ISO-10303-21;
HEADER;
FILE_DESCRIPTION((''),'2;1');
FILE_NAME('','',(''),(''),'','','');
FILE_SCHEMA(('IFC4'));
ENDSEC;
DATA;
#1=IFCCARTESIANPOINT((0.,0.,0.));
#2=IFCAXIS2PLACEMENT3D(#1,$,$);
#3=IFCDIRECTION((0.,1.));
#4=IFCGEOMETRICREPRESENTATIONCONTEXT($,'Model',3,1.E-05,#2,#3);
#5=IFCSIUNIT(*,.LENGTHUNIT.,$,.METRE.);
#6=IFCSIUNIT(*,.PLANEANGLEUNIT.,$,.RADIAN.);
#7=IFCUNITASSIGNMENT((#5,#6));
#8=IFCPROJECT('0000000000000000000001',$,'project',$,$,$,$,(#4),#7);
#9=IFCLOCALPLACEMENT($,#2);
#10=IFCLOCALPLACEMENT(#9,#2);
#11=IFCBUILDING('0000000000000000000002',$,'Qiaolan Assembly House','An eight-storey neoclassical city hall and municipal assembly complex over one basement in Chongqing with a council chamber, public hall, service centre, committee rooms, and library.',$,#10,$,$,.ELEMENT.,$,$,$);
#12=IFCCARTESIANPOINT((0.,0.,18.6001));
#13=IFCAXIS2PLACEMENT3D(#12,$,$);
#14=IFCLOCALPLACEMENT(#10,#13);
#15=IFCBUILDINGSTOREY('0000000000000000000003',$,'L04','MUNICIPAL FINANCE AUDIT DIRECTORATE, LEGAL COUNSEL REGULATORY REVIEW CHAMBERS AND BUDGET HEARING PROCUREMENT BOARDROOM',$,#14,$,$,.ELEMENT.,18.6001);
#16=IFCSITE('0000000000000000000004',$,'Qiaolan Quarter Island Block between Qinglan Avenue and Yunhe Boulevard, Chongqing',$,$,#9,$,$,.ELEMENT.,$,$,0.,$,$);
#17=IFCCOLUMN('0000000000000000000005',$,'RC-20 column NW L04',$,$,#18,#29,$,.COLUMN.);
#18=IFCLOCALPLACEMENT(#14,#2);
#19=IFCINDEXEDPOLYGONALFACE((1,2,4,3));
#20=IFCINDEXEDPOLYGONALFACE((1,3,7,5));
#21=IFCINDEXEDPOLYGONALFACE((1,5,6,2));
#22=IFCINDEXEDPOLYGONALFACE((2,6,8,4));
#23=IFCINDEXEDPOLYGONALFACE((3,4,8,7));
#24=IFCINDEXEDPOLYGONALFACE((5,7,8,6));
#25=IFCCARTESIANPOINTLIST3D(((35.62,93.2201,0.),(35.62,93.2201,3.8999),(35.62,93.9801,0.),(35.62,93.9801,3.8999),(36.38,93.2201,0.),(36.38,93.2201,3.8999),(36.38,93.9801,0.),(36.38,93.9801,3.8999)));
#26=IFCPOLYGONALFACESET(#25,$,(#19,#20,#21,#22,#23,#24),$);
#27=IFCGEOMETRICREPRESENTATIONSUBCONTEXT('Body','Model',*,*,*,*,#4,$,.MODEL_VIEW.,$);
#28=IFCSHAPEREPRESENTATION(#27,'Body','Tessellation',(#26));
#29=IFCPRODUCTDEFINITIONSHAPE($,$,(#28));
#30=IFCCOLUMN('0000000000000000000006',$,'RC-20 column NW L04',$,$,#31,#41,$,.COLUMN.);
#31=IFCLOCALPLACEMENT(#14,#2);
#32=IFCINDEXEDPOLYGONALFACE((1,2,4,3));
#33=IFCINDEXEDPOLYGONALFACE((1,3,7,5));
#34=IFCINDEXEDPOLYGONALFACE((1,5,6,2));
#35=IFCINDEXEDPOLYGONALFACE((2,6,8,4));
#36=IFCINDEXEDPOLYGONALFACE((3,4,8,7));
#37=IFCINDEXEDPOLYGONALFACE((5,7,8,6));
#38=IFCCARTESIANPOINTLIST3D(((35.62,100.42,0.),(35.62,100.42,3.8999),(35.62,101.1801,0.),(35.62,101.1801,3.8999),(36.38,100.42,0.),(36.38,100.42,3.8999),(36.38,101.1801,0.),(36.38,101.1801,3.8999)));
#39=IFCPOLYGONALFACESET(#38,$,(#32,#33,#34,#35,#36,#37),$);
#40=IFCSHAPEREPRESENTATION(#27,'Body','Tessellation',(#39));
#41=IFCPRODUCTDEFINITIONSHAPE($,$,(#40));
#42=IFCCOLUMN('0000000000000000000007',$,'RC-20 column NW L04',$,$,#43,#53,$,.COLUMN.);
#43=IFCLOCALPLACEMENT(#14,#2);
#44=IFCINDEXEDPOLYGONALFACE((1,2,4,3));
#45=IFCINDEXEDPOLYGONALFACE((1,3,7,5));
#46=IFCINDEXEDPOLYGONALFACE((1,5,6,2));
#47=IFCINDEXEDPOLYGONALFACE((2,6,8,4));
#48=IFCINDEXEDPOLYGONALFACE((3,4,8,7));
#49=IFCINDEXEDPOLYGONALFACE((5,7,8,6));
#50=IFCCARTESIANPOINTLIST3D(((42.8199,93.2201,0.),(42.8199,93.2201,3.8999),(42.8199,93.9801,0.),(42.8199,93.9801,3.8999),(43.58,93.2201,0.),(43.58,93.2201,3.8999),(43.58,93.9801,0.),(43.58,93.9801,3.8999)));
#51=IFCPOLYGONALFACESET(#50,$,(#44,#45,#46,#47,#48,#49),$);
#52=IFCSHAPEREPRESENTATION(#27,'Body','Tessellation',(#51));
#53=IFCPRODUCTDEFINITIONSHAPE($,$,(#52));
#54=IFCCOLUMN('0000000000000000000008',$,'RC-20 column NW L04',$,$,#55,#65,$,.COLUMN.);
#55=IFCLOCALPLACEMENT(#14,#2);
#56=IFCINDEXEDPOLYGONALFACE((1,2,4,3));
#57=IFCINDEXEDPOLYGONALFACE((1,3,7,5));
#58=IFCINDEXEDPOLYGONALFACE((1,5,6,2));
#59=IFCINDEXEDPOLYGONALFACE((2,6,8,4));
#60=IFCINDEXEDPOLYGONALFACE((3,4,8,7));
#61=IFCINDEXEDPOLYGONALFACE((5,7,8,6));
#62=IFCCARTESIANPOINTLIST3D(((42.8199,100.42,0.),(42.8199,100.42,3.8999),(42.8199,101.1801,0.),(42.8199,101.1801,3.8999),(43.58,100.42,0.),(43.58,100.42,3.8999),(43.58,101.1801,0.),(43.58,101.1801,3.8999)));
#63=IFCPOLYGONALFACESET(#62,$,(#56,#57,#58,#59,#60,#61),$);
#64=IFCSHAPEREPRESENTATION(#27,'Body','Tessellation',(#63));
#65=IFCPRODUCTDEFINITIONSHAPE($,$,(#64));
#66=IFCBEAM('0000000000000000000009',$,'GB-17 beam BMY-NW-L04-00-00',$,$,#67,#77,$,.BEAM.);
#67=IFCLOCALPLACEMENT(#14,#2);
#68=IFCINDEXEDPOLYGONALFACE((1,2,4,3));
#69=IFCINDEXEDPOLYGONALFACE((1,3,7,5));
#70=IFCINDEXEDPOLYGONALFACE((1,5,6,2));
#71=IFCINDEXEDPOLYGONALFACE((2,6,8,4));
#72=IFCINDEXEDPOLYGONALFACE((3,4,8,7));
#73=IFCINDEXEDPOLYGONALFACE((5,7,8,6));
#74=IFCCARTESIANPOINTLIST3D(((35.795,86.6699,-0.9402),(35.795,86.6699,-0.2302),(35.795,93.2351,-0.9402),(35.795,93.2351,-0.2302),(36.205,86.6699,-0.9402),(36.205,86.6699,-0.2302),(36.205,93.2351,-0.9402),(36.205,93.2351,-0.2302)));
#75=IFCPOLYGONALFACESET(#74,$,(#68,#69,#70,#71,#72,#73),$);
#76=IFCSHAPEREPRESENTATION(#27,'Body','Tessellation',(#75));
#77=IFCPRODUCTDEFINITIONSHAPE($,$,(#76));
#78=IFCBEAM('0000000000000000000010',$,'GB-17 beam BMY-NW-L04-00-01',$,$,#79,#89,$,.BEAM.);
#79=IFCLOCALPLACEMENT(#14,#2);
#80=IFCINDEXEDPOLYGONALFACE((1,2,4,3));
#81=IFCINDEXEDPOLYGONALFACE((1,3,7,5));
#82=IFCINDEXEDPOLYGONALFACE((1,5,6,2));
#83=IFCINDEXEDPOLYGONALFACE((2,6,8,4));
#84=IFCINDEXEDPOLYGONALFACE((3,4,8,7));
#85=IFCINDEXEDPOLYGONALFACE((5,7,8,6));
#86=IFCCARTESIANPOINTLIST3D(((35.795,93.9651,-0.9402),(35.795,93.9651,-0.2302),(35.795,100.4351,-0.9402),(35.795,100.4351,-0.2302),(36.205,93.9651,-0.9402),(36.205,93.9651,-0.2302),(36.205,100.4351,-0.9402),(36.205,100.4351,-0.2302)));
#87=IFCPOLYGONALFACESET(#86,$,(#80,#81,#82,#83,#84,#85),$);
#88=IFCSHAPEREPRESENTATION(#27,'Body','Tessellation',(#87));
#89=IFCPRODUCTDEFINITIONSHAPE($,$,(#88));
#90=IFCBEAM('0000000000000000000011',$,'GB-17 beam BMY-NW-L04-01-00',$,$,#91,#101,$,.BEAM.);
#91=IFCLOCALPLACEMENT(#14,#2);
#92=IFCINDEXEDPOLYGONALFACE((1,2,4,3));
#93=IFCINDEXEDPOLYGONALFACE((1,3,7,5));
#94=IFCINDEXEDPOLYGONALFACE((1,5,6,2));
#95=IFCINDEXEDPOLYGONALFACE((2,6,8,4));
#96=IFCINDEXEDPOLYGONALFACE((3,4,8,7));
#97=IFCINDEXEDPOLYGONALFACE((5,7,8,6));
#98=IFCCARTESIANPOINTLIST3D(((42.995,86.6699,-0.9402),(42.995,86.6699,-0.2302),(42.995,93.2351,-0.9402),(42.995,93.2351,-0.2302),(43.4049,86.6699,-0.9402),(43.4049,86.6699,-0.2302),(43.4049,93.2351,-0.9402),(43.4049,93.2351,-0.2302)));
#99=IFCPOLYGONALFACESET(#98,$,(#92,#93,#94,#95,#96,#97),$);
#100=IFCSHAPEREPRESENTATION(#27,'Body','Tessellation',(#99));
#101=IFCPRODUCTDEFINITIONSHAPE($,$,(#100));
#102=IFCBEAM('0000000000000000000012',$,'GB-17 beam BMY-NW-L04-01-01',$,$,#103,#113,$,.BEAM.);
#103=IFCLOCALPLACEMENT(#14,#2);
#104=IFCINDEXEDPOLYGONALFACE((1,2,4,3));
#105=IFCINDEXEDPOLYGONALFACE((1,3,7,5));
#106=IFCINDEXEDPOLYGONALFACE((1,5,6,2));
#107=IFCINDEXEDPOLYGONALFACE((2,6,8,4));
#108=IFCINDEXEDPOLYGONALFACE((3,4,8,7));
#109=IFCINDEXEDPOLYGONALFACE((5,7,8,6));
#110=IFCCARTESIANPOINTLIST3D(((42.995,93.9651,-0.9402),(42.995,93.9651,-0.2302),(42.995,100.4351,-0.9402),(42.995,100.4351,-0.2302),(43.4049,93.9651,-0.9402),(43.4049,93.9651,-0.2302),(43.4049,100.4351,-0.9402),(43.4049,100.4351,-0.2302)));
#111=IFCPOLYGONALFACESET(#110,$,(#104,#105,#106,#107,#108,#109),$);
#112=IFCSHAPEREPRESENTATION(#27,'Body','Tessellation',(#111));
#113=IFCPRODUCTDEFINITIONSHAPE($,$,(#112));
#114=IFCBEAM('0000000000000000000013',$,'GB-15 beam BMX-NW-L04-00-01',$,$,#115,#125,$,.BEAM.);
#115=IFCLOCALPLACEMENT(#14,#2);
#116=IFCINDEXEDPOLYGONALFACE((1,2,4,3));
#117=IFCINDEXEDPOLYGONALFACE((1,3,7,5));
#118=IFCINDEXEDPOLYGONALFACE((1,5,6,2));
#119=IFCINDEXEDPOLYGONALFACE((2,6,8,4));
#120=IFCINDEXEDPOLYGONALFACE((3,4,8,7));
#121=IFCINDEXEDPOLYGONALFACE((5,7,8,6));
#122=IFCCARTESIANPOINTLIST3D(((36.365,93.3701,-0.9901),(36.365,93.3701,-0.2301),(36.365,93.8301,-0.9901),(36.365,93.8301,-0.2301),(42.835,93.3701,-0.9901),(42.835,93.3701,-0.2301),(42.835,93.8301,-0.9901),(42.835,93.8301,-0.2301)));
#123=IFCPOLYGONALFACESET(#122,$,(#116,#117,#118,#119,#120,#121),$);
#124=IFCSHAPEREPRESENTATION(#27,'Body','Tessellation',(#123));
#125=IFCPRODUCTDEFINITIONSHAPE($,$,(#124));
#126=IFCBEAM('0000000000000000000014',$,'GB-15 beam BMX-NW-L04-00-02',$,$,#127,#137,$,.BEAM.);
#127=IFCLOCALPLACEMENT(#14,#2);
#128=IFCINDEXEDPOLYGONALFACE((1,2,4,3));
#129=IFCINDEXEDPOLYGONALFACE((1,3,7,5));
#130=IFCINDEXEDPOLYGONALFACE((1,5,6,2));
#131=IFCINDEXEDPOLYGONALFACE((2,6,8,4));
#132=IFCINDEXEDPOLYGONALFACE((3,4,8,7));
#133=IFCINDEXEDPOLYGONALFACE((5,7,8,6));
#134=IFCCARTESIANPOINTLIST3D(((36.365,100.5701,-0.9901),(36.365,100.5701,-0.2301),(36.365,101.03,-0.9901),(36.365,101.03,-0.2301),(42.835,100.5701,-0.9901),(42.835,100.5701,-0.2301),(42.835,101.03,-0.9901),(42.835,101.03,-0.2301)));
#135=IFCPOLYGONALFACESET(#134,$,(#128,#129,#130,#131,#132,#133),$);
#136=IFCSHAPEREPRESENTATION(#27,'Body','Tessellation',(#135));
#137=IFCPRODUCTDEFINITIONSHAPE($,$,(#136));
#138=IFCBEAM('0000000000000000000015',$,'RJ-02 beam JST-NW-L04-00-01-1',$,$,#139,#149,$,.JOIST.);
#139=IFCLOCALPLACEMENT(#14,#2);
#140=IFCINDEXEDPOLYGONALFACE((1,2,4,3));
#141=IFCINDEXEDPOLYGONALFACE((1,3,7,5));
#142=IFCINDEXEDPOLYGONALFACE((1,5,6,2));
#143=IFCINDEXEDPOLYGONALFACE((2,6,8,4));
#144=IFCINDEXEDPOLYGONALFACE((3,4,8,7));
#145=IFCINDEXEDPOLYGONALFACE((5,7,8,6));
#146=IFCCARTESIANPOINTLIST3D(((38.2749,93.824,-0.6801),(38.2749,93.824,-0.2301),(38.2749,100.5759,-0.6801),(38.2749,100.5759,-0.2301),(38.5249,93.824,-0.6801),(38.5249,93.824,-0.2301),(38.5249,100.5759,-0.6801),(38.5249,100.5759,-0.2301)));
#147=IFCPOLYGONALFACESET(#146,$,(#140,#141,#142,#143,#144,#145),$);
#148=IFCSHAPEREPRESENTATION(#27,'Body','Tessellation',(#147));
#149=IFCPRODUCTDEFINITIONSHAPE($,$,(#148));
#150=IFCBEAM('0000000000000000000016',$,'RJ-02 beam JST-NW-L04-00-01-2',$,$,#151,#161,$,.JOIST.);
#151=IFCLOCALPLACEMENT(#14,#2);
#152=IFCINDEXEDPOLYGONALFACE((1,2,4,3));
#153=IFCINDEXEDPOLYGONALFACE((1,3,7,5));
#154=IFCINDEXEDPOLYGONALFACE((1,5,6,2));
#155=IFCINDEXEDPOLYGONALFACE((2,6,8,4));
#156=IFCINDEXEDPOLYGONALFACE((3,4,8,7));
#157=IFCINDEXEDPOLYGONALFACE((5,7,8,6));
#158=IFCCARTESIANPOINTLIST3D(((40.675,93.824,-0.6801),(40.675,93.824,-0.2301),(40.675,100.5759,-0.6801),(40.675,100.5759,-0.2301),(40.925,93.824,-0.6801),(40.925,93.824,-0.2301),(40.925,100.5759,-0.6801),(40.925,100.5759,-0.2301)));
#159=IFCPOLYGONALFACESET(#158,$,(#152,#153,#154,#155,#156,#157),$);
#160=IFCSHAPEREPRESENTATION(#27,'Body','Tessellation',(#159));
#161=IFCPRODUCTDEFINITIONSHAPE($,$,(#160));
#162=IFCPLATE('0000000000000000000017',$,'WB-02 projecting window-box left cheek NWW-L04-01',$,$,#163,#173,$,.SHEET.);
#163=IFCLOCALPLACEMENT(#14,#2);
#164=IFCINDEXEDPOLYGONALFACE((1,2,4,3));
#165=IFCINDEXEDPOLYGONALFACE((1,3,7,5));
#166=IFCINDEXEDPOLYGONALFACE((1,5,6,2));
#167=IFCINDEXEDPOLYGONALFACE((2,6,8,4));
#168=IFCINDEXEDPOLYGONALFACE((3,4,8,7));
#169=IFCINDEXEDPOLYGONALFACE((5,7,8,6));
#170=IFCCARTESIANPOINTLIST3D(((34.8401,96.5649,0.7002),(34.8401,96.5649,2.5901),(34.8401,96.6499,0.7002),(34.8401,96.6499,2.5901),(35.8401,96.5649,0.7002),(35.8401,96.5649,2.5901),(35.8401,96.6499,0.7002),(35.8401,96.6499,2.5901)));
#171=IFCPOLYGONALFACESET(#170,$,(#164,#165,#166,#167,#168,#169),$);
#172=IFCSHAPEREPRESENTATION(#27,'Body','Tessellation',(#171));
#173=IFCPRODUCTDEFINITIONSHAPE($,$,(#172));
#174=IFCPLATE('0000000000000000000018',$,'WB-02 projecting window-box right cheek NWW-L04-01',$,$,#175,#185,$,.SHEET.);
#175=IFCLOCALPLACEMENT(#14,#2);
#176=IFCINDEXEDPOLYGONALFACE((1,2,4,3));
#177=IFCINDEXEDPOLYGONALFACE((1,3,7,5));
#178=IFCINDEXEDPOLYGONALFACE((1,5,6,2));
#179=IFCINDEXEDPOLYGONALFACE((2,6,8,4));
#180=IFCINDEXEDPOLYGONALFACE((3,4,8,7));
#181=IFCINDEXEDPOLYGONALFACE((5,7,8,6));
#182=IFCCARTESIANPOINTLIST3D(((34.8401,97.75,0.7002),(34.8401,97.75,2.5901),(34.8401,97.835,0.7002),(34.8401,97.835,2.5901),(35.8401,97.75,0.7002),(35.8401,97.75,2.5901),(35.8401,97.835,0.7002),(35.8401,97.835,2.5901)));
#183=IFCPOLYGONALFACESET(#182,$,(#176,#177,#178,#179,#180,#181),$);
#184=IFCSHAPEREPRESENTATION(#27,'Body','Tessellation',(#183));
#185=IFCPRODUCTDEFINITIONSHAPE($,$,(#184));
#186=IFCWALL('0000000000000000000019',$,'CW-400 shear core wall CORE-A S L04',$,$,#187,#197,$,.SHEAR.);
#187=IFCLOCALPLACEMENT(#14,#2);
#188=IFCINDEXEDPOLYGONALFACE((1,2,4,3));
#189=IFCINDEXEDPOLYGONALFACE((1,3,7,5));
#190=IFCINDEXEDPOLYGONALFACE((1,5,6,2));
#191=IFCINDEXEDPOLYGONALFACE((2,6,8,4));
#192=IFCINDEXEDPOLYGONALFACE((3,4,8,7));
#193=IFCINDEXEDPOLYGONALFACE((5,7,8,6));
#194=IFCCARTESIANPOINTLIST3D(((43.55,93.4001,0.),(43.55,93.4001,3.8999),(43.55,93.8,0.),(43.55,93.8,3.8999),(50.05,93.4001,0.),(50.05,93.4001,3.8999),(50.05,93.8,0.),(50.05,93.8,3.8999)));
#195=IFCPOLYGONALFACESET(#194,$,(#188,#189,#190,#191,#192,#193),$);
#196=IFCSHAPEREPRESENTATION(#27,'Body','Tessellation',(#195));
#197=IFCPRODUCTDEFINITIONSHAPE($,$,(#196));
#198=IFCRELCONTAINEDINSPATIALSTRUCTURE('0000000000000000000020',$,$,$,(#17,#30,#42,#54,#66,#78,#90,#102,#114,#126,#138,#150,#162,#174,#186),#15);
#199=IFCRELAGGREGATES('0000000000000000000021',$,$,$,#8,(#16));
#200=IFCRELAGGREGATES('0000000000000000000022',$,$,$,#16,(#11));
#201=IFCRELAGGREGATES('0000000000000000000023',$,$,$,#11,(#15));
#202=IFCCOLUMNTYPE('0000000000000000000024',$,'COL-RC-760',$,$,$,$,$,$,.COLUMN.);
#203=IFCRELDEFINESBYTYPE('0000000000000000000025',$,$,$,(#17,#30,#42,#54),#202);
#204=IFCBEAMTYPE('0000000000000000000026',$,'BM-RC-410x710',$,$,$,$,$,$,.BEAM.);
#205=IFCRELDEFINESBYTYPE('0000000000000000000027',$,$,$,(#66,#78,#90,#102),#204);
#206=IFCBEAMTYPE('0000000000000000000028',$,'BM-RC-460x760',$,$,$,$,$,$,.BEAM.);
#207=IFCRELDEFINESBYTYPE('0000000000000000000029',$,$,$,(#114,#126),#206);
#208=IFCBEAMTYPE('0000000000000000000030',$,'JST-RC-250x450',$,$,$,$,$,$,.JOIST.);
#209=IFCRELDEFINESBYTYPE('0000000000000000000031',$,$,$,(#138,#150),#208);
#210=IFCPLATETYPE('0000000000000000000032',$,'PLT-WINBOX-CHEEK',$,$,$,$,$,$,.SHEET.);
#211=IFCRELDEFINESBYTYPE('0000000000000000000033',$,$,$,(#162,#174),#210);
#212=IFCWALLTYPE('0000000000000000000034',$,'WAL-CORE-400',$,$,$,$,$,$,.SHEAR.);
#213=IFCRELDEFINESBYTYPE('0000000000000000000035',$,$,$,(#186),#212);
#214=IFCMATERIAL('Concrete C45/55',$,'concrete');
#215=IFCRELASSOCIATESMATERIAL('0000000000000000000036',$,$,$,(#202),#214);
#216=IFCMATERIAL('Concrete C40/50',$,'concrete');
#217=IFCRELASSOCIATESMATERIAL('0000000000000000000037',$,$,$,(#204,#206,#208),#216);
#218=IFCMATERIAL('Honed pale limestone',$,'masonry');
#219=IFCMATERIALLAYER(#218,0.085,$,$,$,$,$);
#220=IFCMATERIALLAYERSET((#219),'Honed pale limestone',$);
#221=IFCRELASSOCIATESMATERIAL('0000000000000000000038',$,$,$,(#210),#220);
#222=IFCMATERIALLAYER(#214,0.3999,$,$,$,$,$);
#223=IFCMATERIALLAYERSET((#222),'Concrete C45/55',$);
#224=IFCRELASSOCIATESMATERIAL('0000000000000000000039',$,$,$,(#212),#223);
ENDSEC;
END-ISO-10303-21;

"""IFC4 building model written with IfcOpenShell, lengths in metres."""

from ifc_helpers import new_model, si_unit, direction, frame, frame_2d, origin, origin_2d, place, context, subcontext, project, spatial, rectangle, extrude, material, layer, layer_set, material_profile, profile_set, type_object, element, save


model = new_model("IFC4")

# Units and contexts
model_context = context("Model", 3, precision=1e-05, world=origin(), true_north=direction((0.0, 1.0)))
body_context = subcontext(model_context, "Body", "Model", "MODEL_VIEW")
ifc_project = project(units=[si_unit("LENGTHUNIT", "METRE"), si_unit("PLANEANGLEUNIT", "RADIAN")], contexts=[model_context])

# Site, building, storey
site_placement = place(None, origin())
site = spatial("IfcSite", under=ifc_project, at=site_placement, Name="Qiaolan Quarter Island Block between Qinglan Avenue and Yunhe Boulevard, Chongqing", CompositionType="ELEMENT", RefElevation=0.0)
building_placement = place(site_placement, origin())
building = spatial("IfcBuilding", under=site, at=building_placement, Name="Qiaolan Assembly House", Description="An eight-storey neoclassical city hall and municipal assembly complex over one basement in Chongqing with a council chamber, public hall, service centre, committee rooms, and library.", CompositionType="ELEMENT")
storey_placement = place(building_placement, frame((0.0, 0.0, 18.6001)))
storey = spatial("IfcBuildingStorey", under=building, at=storey_placement, Name="L04", Description="MUNICIPAL FINANCE AUDIT DIRECTORATE, LEGAL COUNSEL REGULATORY REVIEW CHAMBERS AND BUDGET HEARING PROCUREMENT BOARDROOM", CompositionType="ELEMENT", Elevation=18.6001)

# Columns
ifc_material_1 = material(Name="Concrete C45/55", Category="concrete")
ifc_material_profile_1 = material_profile(ifc_material_1, rectangle(XDim=0.76, YDim=0.76, at=origin_2d()), Name="RC 760x760")
ifc_profile_set_1 = profile_set([ifc_material_profile_1], Name="Concrete C45/55")
column_type = type_object("IfcColumnType", Name="COL-RC-760", PredefinedType="COLUMN", material=ifc_profile_set_1)
for number, where, z_axis, x_axis, name in (
    (1, (36.0, 93.6001, 0.0), (0.0, 0.0, 1.0), (1.0, 0.0, 0.0), "RC-20 column NW L04"),
    (2, (36.0, 100.8, 0.0), (0.0, 0.0, 1.0), (1.0, 0.0, 0.0), "RC-20 column NW L04"),
    (3, (43.2, 93.6001, 0.0), (0.0, 0.0, 1.0), (1.0, 0.0, 0.0), "RC-20 column NW L04"),
    (4, (43.2, 100.8, 0.0), (0.0, 0.0, 1.0), (1.0, 0.0, 0.0), "RC-20 column NW L04"),
):
    element("IfcColumn", number, at=place(storey_placement, frame(where, z_axis=z_axis, x_axis=x_axis)), inside=storey, type_object=column_type, Name=name, PredefinedType="COLUMN", context=body_context, shape_type="SweptSolid", body=[
        extrude(rectangle(XDim=0.76, YDim=0.76, at=origin_2d()), origin(), (0.0, 0.0, 1.0), 3.8999),
    ])

# Beams
ifc_material_2 = material(Name="Concrete C40/50", Category="concrete")
ifc_material_profile_2 = material_profile(ifc_material_2, rectangle(XDim=0.4099, YDim=0.71, at=origin_2d()), Name="RCB 410x710")
ifc_profile_set_2 = profile_set([ifc_material_profile_2], Name="Concrete C40/50")
beam_type_1 = type_object("IfcBeamType", Name="BM-RC-410x710", PredefinedType="BEAM", material=ifc_profile_set_2)
beam_1_placement = place(storey_placement, frame((36.0, 86.6699, -0.5852), z_axis=(0.0, 1.0, 0.0), x_axis=(-1.0, 0.0, 0.0)))
element("IfcBeam", 5, at=beam_1_placement, inside=storey, type_object=beam_type_1, Name="GB-17 beam BMY-NW-L04-00-00", PredefinedType="BEAM", context=body_context, shape_type="SweptSolid", body=[
    extrude(rectangle(XDim=0.4099, YDim=0.71, at=origin_2d()), origin(), (0.0, 0.0, 1.0), 6.5652),
])
beam_2_placement = place(storey_placement, frame((36.0, 93.9651, -0.5852), z_axis=(0.0, 1.0, 0.0), x_axis=(-1.0, 0.0, 0.0)))
element("IfcBeam", 6, at=beam_2_placement, inside=storey, type_object=beam_type_1, Name="GB-17 beam BMY-NW-L04-00-01", PredefinedType="BEAM", context=body_context, shape_type="SweptSolid", body=[
    extrude(rectangle(XDim=0.4099, YDim=0.71, at=origin_2d()), origin(), (0.0, 0.0, 1.0), 6.47),
])
beam_3_placement = place(storey_placement, frame((43.2, 86.6699, -0.5852), z_axis=(0.0, 1.0, 0.0), x_axis=(-1.0, 0.0, 0.0)))
element("IfcBeam", 7, at=beam_3_placement, inside=storey, type_object=beam_type_1, Name="GB-17 beam BMY-NW-L04-01-00", PredefinedType="BEAM", context=body_context, shape_type="SweptSolid", body=[
    extrude(rectangle(XDim=0.4099, YDim=0.71, at=origin_2d()), origin(), (0.0, 0.0, 1.0), 6.5652),
])
beam_4_placement = place(storey_placement, frame((43.2, 93.9651, -0.5852), z_axis=(0.0, 1.0, 0.0), x_axis=(-1.0, 0.0, 0.0)))
element("IfcBeam", 8, at=beam_4_placement, inside=storey, type_object=beam_type_1, Name="GB-17 beam BMY-NW-L04-01-01", PredefinedType="BEAM", context=body_context, shape_type="SweptSolid", body=[
    extrude(rectangle(XDim=0.4099, YDim=0.71, at=origin_2d()), origin(), (0.0, 0.0, 1.0), 6.47),
])
ifc_material_profile_3 = material_profile(ifc_material_2, rectangle(XDim=0.46, YDim=0.76, at=origin_2d()), Name="RCB 460x760")
ifc_profile_set_3 = profile_set([ifc_material_profile_3], Name="Concrete C40/50")
beam_type_2 = type_object("IfcBeamType", Name="BM-RC-460x760", PredefinedType="BEAM", material=ifc_profile_set_3)
for number, where, z_axis, x_axis, name in (
    (9, (36.365, 93.6001, -0.6101), (1.0, 0.0, 0.0), (0.0, 1.0, 0.0), "GB-15 beam BMX-NW-L04-00-01"),
    (10, (36.365, 100.8, -0.6101), (1.0, 0.0, 0.0), (0.0, 1.0, 0.0), "GB-15 beam BMX-NW-L04-00-02"),
):
    element("IfcBeam", number, at=place(storey_placement, frame(where, z_axis=z_axis, x_axis=x_axis)), inside=storey, type_object=beam_type_2, Name=name, PredefinedType="BEAM", context=body_context, shape_type="SweptSolid", body=[
        extrude(rectangle(XDim=0.46, YDim=0.76, at=origin_2d()), origin(), (0.0, 0.0, 1.0), 6.47),
    ])
ifc_material_profile_4 = material_profile(ifc_material_2, rectangle(XDim=0.25, YDim=0.45, at=origin_2d()), Name="RCB 250x450")
ifc_profile_set_4 = profile_set([ifc_material_profile_4], Name="Concrete C40/50")
beam_type_3 = type_object("IfcBeamType", Name="JST-RC-250x450", PredefinedType="JOIST", material=ifc_profile_set_4)
for number, where, z_axis, x_axis, name in (
    (11, (38.3999, 93.824, -0.4551), (0.0, 1.0, 0.0), (-1.0, 0.0, 0.0), "RJ-02 beam JST-NW-L04-00-01-1"),
    (12, (40.8, 93.824, -0.4551), (0.0, 1.0, 0.0), (-1.0, 0.0, 0.0), "RJ-02 beam JST-NW-L04-00-01-2"),
):
    element("IfcBeam", number, at=place(storey_placement, frame(where, z_axis=z_axis, x_axis=x_axis)), inside=storey, type_object=beam_type_3, Name=name, PredefinedType="JOIST", context=body_context, shape_type="SweptSolid", body=[
        extrude(rectangle(XDim=0.25, YDim=0.45, at=origin_2d()), origin(), (0.0, 0.0, 1.0), 6.752),
    ])

# Plates
ifc_material_3 = material(Name="Honed pale limestone", Category="masonry")
ifc_layer_1 = layer(ifc_material_3, 0.085)
ifc_layer_set_1 = layer_set([ifc_layer_1], Name="Honed pale limestone")
plate_type = type_object("IfcPlateType", Name="PLT-WINBOX-CHEEK", PredefinedType="SHEET", material=ifc_layer_set_1)
for number, where, z_axis, x_axis, name in (
    (13, (35.3401, 96.6074, 0.7002), (0.0, 0.0, 1.0), (1.0, 0.0, 0.0), "WB-02 projecting window-box left cheek NWW-L04-01"),
    (14, (35.3401, 97.7925, 0.7002), (0.0, 0.0, 1.0), (1.0, 0.0, 0.0), "WB-02 projecting window-box right cheek NWW-L04-01"),
):
    element("IfcPlate", number, at=place(storey_placement, frame(where, z_axis=z_axis, x_axis=x_axis)), inside=storey, type_object=plate_type, Name=name, PredefinedType="SHEET", context=body_context, shape_type="SweptSolid", body=[
        extrude(rectangle(XDim=1.0, YDim=0.085, at=origin_2d()), origin(), (0.0, 0.0, 1.0), 1.8899),
    ])

# Wall
ifc_layer_2 = layer(ifc_material_1, 0.3999)
ifc_layer_set_2 = layer_set([ifc_layer_2], Name="Concrete C45/55")
wall_type_1 = type_object("IfcWallType", Name="WAL-CORE-400", PredefinedType="SHEAR", material=ifc_layer_set_2)
for number, where, z_axis, x_axis, name in (
    (15, (43.55, 93.6001, 0.0), (0.0, 0.0, 1.0), (1.0, 0.0, 0.0), "CW-400 shear core wall CORE-A S L04"),
):
    element("IfcWall", number, at=place(storey_placement, frame(where, z_axis=z_axis, x_axis=x_axis)), inside=storey, type_object=wall_type_1, Name=name, PredefinedType="SHEAR", context=body_context, shape_type="SweptSolid", body=[
        extrude(rectangle(XDim=6.5, YDim=0.3999, at=frame_2d((3.25, 0.0))), origin(), (0.0, 0.0, 1.0), 3.8999),
    ])

save(model, "model.ifc")
